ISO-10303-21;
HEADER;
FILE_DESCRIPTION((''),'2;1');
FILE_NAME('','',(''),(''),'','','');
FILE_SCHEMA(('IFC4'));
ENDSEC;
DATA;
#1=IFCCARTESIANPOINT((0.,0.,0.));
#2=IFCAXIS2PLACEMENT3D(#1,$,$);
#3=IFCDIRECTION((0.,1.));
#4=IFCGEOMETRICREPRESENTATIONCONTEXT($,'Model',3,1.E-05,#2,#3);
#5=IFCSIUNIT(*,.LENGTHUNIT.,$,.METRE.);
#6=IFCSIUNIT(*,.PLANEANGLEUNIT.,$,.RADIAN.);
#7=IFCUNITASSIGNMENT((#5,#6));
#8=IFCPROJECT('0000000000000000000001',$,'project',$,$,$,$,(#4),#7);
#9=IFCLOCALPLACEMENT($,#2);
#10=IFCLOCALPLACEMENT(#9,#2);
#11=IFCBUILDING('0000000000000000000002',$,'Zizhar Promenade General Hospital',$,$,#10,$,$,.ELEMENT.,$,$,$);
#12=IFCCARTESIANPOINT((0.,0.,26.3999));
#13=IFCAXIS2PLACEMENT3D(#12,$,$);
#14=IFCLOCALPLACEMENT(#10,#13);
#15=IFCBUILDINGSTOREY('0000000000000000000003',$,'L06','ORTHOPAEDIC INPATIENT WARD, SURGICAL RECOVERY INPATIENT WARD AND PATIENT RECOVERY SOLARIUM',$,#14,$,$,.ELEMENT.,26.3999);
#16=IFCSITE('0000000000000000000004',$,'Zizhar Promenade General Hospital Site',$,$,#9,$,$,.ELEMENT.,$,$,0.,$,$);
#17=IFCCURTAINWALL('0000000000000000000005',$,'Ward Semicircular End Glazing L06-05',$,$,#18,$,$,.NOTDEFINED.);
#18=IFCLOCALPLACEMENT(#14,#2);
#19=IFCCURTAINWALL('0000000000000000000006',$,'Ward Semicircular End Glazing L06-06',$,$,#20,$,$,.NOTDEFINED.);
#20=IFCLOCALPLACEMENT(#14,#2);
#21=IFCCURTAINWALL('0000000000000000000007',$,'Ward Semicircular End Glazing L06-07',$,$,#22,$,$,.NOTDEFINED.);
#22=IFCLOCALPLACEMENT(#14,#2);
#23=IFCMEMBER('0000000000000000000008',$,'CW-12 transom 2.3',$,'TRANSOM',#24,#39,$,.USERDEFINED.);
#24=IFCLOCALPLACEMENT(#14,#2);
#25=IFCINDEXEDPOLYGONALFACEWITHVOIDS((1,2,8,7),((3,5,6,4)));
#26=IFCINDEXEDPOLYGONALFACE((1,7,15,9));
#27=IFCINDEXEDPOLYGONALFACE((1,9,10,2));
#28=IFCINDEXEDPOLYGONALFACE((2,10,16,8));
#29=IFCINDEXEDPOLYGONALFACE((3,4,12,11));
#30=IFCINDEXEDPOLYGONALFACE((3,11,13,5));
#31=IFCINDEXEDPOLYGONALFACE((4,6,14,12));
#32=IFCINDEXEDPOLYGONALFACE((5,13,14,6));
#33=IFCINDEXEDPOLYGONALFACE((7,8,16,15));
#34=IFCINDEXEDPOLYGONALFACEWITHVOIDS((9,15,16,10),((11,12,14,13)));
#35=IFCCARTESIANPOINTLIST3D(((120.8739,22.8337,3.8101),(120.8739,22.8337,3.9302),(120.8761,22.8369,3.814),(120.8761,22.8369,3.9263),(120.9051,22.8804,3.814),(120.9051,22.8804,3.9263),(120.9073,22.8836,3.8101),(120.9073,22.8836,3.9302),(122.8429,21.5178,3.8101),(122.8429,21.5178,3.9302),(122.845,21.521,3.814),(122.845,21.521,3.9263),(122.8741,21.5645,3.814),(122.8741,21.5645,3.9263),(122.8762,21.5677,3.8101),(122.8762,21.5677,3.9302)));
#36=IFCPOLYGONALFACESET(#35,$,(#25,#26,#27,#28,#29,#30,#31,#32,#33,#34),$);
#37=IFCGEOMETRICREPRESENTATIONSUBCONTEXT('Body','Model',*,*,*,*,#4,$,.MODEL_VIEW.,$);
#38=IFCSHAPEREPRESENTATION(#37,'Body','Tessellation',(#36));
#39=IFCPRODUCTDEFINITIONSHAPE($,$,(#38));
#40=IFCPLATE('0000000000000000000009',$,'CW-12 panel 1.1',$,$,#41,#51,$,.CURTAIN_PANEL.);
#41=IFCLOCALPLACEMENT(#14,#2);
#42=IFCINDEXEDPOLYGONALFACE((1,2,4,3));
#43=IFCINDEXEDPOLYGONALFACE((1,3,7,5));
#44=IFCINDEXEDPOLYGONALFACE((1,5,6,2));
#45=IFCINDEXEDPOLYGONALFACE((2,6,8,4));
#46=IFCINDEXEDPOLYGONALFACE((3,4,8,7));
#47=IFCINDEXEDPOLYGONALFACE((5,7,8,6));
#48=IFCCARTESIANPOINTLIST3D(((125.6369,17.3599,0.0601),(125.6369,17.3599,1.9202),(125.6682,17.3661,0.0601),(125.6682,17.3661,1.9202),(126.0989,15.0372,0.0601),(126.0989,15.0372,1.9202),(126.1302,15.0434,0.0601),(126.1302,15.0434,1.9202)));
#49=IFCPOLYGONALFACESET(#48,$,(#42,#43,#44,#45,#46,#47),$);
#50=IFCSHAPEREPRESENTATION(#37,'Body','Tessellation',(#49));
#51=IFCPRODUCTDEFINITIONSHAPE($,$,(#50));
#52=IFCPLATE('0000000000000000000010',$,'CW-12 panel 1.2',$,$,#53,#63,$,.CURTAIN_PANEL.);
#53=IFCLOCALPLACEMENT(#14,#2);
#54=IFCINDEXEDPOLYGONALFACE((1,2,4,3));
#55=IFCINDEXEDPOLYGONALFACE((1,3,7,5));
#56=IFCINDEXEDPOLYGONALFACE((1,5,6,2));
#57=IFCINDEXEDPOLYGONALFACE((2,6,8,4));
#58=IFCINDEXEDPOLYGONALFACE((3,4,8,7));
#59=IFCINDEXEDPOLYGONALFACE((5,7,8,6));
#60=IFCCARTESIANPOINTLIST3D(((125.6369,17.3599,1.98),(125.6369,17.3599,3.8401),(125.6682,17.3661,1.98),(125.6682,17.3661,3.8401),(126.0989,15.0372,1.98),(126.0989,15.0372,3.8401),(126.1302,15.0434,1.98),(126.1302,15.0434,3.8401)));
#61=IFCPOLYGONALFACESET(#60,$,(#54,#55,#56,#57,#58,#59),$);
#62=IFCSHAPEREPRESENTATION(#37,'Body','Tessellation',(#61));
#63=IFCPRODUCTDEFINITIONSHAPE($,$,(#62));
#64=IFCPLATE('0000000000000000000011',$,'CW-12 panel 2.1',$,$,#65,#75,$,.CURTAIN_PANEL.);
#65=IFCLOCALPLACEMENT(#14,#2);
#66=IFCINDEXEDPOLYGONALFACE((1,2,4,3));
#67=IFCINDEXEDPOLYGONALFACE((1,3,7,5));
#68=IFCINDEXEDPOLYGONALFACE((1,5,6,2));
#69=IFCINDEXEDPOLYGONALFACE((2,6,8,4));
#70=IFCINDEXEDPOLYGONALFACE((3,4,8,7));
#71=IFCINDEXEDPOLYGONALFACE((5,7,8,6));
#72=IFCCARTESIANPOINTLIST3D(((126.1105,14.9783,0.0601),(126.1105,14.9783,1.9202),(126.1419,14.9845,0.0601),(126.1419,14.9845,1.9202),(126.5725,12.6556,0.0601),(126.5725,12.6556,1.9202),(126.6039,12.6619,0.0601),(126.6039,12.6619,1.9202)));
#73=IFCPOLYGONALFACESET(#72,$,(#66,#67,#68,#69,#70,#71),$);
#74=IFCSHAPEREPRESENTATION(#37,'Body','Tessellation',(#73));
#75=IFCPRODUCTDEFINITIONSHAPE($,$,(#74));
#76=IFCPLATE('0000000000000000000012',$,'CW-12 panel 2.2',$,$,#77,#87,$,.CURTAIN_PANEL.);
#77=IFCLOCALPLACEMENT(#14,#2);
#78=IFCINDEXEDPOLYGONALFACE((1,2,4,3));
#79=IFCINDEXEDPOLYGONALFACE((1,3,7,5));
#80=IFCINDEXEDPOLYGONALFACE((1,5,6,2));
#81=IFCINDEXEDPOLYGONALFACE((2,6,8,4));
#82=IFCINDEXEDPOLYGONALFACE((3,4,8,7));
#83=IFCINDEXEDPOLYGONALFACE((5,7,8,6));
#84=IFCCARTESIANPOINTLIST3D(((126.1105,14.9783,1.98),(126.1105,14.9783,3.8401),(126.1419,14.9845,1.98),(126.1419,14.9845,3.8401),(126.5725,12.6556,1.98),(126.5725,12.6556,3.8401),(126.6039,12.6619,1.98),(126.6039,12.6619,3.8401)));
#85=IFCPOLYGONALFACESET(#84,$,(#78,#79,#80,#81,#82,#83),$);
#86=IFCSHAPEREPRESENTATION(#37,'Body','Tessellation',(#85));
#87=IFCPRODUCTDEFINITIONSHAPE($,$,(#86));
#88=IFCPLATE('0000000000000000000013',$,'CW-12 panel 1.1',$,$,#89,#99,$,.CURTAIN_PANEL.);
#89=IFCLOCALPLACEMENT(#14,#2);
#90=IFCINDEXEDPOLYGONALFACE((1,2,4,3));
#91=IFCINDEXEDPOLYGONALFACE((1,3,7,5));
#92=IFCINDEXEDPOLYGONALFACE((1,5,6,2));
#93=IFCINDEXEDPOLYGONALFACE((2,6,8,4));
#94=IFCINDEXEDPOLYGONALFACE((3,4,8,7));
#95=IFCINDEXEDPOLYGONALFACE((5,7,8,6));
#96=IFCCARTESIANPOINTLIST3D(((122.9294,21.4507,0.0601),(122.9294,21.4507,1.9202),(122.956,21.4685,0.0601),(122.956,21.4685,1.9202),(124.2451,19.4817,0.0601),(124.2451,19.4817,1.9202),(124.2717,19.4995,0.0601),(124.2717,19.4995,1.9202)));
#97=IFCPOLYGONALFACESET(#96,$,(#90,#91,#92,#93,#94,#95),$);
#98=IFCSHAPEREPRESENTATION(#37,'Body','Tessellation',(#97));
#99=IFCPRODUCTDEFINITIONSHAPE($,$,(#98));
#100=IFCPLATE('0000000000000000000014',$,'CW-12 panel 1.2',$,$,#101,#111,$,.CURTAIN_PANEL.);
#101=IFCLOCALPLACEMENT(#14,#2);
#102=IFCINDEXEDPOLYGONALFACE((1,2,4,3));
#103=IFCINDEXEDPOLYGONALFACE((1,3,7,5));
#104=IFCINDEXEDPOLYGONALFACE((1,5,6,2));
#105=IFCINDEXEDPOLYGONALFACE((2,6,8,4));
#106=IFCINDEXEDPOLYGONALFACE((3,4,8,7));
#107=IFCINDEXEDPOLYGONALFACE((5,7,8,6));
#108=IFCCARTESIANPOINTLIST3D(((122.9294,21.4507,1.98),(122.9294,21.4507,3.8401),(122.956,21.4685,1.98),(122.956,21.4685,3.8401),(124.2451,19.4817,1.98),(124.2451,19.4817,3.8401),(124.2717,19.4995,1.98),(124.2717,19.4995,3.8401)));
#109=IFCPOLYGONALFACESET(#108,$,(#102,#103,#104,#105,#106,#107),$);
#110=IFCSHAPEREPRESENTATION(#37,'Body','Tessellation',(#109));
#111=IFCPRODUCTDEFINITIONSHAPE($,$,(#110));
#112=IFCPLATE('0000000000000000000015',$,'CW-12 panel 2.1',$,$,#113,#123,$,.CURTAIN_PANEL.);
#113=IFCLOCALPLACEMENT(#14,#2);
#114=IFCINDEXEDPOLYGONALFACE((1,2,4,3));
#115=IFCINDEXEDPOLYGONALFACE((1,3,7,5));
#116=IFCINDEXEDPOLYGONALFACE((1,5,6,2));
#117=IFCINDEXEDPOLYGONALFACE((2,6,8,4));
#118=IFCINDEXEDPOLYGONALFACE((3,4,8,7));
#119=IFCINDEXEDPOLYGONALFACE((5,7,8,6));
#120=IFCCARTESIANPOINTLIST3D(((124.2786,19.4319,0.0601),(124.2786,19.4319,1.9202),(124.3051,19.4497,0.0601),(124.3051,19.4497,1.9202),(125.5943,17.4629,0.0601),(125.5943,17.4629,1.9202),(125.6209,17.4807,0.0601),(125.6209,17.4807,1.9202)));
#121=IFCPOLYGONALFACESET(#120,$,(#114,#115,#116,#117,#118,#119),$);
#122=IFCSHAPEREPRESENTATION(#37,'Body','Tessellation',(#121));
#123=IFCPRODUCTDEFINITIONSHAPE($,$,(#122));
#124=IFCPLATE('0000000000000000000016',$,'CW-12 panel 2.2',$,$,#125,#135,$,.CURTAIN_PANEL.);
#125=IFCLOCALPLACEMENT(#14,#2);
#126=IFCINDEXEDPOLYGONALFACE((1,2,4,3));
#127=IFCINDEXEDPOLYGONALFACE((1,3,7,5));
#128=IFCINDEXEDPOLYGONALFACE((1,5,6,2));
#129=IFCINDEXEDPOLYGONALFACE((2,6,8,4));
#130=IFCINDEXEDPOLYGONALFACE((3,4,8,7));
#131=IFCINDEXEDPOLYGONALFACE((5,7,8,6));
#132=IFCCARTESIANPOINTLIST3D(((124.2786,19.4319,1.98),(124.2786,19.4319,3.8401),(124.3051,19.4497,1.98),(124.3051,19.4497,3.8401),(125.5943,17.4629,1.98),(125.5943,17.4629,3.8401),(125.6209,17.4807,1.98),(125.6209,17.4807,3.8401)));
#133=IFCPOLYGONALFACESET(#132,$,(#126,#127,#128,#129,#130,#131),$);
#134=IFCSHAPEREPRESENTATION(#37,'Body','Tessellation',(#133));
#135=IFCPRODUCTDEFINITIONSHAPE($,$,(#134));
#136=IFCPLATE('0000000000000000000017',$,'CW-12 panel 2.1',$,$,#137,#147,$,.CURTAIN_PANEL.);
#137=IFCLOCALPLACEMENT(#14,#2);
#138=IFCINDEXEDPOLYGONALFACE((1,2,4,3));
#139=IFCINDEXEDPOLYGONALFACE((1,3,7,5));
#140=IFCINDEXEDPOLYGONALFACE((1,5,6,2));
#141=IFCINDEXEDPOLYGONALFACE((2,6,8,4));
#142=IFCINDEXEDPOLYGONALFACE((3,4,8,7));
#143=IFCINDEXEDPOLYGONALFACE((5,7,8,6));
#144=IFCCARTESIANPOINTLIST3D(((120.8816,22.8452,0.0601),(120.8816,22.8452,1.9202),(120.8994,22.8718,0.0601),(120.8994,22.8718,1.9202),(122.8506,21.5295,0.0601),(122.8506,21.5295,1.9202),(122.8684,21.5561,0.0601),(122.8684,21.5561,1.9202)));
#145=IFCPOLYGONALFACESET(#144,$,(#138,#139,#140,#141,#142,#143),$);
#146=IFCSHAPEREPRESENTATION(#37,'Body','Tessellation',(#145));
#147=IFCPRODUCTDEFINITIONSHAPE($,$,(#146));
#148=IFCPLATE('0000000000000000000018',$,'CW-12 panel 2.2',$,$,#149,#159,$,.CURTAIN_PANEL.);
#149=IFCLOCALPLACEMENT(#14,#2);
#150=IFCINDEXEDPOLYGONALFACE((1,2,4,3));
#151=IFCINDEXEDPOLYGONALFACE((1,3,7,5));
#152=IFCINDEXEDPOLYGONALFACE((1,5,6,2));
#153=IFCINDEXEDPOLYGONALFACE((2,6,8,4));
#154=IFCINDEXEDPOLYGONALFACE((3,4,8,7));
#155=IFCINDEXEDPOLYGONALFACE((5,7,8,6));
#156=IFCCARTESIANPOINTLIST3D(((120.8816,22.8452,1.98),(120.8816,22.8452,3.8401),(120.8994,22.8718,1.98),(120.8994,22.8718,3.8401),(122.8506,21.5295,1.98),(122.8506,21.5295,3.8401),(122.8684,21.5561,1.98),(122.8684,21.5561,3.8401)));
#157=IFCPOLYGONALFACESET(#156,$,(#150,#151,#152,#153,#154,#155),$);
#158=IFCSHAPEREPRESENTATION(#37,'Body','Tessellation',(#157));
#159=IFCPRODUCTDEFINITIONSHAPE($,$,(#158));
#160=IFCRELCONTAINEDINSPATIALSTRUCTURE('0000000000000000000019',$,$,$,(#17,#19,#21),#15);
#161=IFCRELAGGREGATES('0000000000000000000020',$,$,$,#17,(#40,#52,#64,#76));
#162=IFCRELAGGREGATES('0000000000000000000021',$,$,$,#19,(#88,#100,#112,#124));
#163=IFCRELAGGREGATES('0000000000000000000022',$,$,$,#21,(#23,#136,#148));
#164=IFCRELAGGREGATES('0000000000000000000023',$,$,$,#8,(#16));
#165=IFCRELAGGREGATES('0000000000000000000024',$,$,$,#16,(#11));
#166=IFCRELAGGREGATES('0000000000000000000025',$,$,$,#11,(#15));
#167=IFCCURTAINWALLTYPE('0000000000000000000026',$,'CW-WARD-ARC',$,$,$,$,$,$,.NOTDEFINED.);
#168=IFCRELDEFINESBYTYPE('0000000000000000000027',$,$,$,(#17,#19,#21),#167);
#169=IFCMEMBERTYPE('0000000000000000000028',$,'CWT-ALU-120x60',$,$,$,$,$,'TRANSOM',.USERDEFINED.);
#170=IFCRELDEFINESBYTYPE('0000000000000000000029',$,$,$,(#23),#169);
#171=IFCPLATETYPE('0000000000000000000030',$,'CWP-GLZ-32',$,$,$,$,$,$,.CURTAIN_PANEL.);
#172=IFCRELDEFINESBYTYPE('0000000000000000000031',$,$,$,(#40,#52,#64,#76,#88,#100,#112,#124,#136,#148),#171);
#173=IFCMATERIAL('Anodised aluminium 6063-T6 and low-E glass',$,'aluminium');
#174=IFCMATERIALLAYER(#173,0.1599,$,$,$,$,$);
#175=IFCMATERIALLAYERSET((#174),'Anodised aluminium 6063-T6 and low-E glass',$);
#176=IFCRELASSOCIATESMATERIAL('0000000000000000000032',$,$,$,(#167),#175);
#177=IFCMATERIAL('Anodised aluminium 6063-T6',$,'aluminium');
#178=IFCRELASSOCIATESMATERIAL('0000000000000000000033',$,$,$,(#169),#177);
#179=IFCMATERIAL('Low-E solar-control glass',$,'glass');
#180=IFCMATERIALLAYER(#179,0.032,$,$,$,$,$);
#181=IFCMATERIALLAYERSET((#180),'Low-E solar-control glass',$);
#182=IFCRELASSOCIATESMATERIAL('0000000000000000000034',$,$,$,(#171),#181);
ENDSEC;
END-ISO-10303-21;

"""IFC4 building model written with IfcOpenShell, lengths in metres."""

from ifc_helpers import new_model, si_unit, direction, frame, origin, origin_2d, place, context, subcontext, project, spatial, rectangle, hollow_rectangle, extrude, material, layer, layer_set, material_profile, profile_set, type_object, element, aggregate, save


model = new_model("IFC4")

# Units and contexts
model_context = context("Model", 3, precision=1e-05, world=origin(), true_north=direction((0.0, 1.0)))
body_context = subcontext(model_context, "Body", "Model", "MODEL_VIEW")
ifc_project = project(units=[si_unit("LENGTHUNIT", "METRE"), si_unit("PLANEANGLEUNIT", "RADIAN")], contexts=[model_context])

# Site, building, storey
site_placement = place(None, origin())
site = spatial("IfcSite", under=ifc_project, at=site_placement, Name="Zizhar Promenade General Hospital Site", CompositionType="ELEMENT", RefElevation=0.0)
building_placement = place(site_placement, origin())
building = spatial("IfcBuilding", under=site, at=building_placement, Name="Zizhar Promenade General Hospital", CompositionType="ELEMENT")
storey_placement = place(building_placement, frame((0.0, 0.0, 26.3999)))
storey = spatial("IfcBuildingStorey", under=building, at=storey_placement, Name="L06", Description="ORTHOPAEDIC INPATIENT WARD, SURGICAL RECOVERY INPATIENT WARD AND PATIENT RECOVERY SOLARIUM", CompositionType="ELEMENT", Elevation=26.3999)

# Curtain walls
ifc_material_1 = material(Name="Anodised aluminium 6063-T6 and low-E glass", Category="aluminium")
ifc_layer_1 = layer(ifc_material_1, 0.1599)
ifc_layer_set_1 = layer_set([ifc_layer_1], Name="Anodised aluminium 6063-T6 and low-E glass")
curtain_wall_type = type_object("IfcCurtainWallType", Name="CW-WARD-ARC", PredefinedType="NOTDEFINED", material=ifc_layer_set_1)
curtain_wall_1_placement = place(storey_placement, origin())
curtain_wall_1 = element("IfcCurtainWall", 1, at=curtain_wall_1_placement, inside=storey, type_object=curtain_wall_type, Name="Ward Semicircular End Glazing L06-05", PredefinedType="NOTDEFINED")
curtain_wall_2_placement = place(storey_placement, origin())
curtain_wall_2 = element("IfcCurtainWall", 2, at=curtain_wall_2_placement, inside=storey, type_object=curtain_wall_type, Name="Ward Semicircular End Glazing L06-06", PredefinedType="NOTDEFINED")

# Curtain wall
curtain_wall_3_placement = place(storey_placement, origin())
curtain_wall_3 = element("IfcCurtainWall", 3, at=curtain_wall_3_placement, inside=storey, type_object=curtain_wall_type, Name="Ward Semicircular End Glazing L06-07", PredefinedType="NOTDEFINED")

# Member
ifc_material_2 = material(Name="Anodised aluminium 6063-T6", Category="aluminium")
ifc_material_profile_1 = material_profile(ifc_material_2, hollow_rectangle(XDim=0.0601, YDim=0.1201, WallThickness=0.0039, at=origin_2d()))
ifc_profile_set_1 = profile_set([ifc_material_profile_1], Name="Anodised aluminium 6063-T6")
member_type_1 = type_object("IfcMemberType", Name="CWT-ALU-120x60", ElementType="TRANSOM", PredefinedType="USERDEFINED", material=ifc_profile_set_1)
member_1_placement = place(storey_placement, frame((120.8906, 22.8586, 3.8701), z_axis=(0.831415, -0.555651, 0.0), x_axis=(0.555651, 0.831415, 0.0)))
member_1 = element("IfcMember", 4, at=member_1_placement, type_object=member_type_1, Name="CW-12 transom 2.3", ObjectType="TRANSOM", PredefinedType="USERDEFINED", context=body_context, shape_type="SweptSolid", body=[
    extrude(hollow_rectangle(XDim=0.0601, YDim=0.1201, WallThickness=0.0039, at=origin_2d()), origin(), (0.0, 0.0, 1.0), 2.3682),
])

# Plates
ifc_material_3 = material(Name="Low-E solar-control glass", Category="glass")
ifc_layer_2 = layer(ifc_material_3, 0.032)
ifc_layer_set_2 = layer_set([ifc_layer_2], Name="Low-E solar-control glass")
plate_type = type_object("IfcPlateType", Name="CWP-GLZ-32", PredefinedType="CURTAIN_PANEL", material=ifc_layer_set_2)
plate_1_placement = place(storey_placement, frame((125.8835, 16.2017, 0.0601), z_axis=(0.0, 0.0, 1.0), x_axis=(0.195087, -0.980786, 0.0)))
plate_1 = element("IfcPlate", 5, at=plate_1_placement, type_object=plate_type, Name="CW-12 panel 1.1", PredefinedType="CURTAIN_PANEL", context=body_context, shape_type="SweptSolid", body=[
    extrude(rectangle(XDim=2.3682, YDim=0.032, at=origin_2d()), origin(), (0.0, 0.0, 1.0), 1.8601),
])
plate_2_placement = place(storey_placement, frame((125.8835, 16.2017, 1.98), z_axis=(0.0, 0.0, 1.0), x_axis=(0.195087, -0.980786, 0.0)))
plate_2 = element("IfcPlate", 6, at=plate_2_placement, type_object=plate_type, Name="CW-12 panel 1.2", PredefinedType="CURTAIN_PANEL", context=body_context, shape_type="SweptSolid", body=[
    extrude(rectangle(XDim=2.3682, YDim=0.032, at=origin_2d()), origin(), (0.0, 0.0, 1.0), 1.8601),
])
plate_3_placement = place(storey_placement, frame((126.3572, 13.8201, 0.0601), z_axis=(0.0, 0.0, 1.0), x_axis=(0.195087, -0.980786, 0.0)))
plate_3 = element("IfcPlate", 7, at=plate_3_placement, type_object=plate_type, Name="CW-12 panel 2.1", PredefinedType="CURTAIN_PANEL", context=body_context, shape_type="SweptSolid", body=[
    extrude(rectangle(XDim=2.3682, YDim=0.032, at=origin_2d()), origin(), (0.0, 0.0, 1.0), 1.8601),
])
plate_4_placement = place(storey_placement, frame((126.3572, 13.8201, 1.98), z_axis=(0.0, 0.0, 1.0), x_axis=(0.195087, -0.980786, 0.0)))
plate_4 = element("IfcPlate", 8, at=plate_4_placement, type_object=plate_type, Name="CW-12 panel 2.2", PredefinedType="CURTAIN_PANEL", context=body_context, shape_type="SweptSolid", body=[
    extrude(rectangle(XDim=2.3682, YDim=0.032, at=origin_2d()), origin(), (0.0, 0.0, 1.0), 1.8601),
])
aggregate(curtain_wall_1, [plate_1, plate_2, plate_3, plate_4])
plate_5_placement = place(storey_placement, frame((123.6006, 20.4751, 0.0601), z_axis=(0.0, 0.0, 1.0), x_axis=(0.555582, -0.831462, 0.0)))
plate_5 = element("IfcPlate", 9, at=plate_5_placement, type_object=plate_type, Name="CW-12 panel 1.1", PredefinedType="CURTAIN_PANEL", context=body_context, shape_type="SweptSolid", body=[
    extrude(rectangle(XDim=2.3682, YDim=0.032, at=origin_2d()), origin(), (0.0, 0.0, 1.0), 1.8601),
])
plate_6_placement = place(storey_placement, frame((123.6006, 20.4751, 1.98), z_axis=(0.0, 0.0, 1.0), x_axis=(0.555582, -0.831462, 0.0)))
plate_6 = element("IfcPlate", 10, at=plate_6_placement, type_object=plate_type, Name="CW-12 panel 1.2", PredefinedType="CURTAIN_PANEL", context=body_context, shape_type="SweptSolid", body=[
    extrude(rectangle(XDim=2.3682, YDim=0.032, at=origin_2d()), origin(), (0.0, 0.0, 1.0), 1.8601),
])
plate_7_placement = place(storey_placement, frame((124.9497, 18.4563, 0.0601), z_axis=(0.0, 0.0, 1.0), x_axis=(0.555582, -0.831462, 0.0)))
plate_7 = element("IfcPlate", 11, at=plate_7_placement, type_object=plate_type, Name="CW-12 panel 2.1", PredefinedType="CURTAIN_PANEL", context=body_context, shape_type="SweptSolid", body=[
    extrude(rectangle(XDim=2.3682, YDim=0.032, at=origin_2d()), origin(), (0.0, 0.0, 1.0), 1.8601),
])
plate_8_placement = place(storey_placement, frame((124.9497, 18.4563, 1.98), z_axis=(0.0, 0.0, 1.0), x_axis=(0.555582, -0.831462, 0.0)))
plate_8 = element("IfcPlate", 12, at=plate_8_placement, type_object=plate_type, Name="CW-12 panel 2.2", PredefinedType="CURTAIN_PANEL", context=body_context, shape_type="SweptSolid", body=[
    extrude(rectangle(XDim=2.3682, YDim=0.032, at=origin_2d()), origin(), (0.0, 0.0, 1.0), 1.8601),
])
aggregate(curtain_wall_2, [plate_5, plate_6, plate_7, plate_8])
plate_9_placement = place(storey_placement, frame((121.875, 22.2007, 0.0601), z_axis=(0.0, 0.0, 1.0), x_axis=(0.831462, -0.555582, 0.0)))
plate_9 = element("IfcPlate", 13, at=plate_9_placement, type_object=plate_type, Name="CW-12 panel 2.1", PredefinedType="CURTAIN_PANEL", context=body_context, shape_type="SweptSolid", body=[
    extrude(rectangle(XDim=2.3682, YDim=0.032, at=origin_2d()), origin(), (0.0, 0.0, 1.0), 1.8601),
])
plate_10_placement = place(storey_placement, frame((121.875, 22.2007, 1.98), z_axis=(0.0, 0.0, 1.0), x_axis=(0.831462, -0.555582, 0.0)))
plate_10 = element("IfcPlate", 14, at=plate_10_placement, type_object=plate_type, Name="CW-12 panel 2.2", PredefinedType="CURTAIN_PANEL", context=body_context, shape_type="SweptSolid", body=[
    extrude(rectangle(XDim=2.3682, YDim=0.032, at=origin_2d()), origin(), (0.0, 0.0, 1.0), 1.8601),
])
aggregate(curtain_wall_3, [member_1, plate_9, plate_10])

save(model, "model.ifc")
